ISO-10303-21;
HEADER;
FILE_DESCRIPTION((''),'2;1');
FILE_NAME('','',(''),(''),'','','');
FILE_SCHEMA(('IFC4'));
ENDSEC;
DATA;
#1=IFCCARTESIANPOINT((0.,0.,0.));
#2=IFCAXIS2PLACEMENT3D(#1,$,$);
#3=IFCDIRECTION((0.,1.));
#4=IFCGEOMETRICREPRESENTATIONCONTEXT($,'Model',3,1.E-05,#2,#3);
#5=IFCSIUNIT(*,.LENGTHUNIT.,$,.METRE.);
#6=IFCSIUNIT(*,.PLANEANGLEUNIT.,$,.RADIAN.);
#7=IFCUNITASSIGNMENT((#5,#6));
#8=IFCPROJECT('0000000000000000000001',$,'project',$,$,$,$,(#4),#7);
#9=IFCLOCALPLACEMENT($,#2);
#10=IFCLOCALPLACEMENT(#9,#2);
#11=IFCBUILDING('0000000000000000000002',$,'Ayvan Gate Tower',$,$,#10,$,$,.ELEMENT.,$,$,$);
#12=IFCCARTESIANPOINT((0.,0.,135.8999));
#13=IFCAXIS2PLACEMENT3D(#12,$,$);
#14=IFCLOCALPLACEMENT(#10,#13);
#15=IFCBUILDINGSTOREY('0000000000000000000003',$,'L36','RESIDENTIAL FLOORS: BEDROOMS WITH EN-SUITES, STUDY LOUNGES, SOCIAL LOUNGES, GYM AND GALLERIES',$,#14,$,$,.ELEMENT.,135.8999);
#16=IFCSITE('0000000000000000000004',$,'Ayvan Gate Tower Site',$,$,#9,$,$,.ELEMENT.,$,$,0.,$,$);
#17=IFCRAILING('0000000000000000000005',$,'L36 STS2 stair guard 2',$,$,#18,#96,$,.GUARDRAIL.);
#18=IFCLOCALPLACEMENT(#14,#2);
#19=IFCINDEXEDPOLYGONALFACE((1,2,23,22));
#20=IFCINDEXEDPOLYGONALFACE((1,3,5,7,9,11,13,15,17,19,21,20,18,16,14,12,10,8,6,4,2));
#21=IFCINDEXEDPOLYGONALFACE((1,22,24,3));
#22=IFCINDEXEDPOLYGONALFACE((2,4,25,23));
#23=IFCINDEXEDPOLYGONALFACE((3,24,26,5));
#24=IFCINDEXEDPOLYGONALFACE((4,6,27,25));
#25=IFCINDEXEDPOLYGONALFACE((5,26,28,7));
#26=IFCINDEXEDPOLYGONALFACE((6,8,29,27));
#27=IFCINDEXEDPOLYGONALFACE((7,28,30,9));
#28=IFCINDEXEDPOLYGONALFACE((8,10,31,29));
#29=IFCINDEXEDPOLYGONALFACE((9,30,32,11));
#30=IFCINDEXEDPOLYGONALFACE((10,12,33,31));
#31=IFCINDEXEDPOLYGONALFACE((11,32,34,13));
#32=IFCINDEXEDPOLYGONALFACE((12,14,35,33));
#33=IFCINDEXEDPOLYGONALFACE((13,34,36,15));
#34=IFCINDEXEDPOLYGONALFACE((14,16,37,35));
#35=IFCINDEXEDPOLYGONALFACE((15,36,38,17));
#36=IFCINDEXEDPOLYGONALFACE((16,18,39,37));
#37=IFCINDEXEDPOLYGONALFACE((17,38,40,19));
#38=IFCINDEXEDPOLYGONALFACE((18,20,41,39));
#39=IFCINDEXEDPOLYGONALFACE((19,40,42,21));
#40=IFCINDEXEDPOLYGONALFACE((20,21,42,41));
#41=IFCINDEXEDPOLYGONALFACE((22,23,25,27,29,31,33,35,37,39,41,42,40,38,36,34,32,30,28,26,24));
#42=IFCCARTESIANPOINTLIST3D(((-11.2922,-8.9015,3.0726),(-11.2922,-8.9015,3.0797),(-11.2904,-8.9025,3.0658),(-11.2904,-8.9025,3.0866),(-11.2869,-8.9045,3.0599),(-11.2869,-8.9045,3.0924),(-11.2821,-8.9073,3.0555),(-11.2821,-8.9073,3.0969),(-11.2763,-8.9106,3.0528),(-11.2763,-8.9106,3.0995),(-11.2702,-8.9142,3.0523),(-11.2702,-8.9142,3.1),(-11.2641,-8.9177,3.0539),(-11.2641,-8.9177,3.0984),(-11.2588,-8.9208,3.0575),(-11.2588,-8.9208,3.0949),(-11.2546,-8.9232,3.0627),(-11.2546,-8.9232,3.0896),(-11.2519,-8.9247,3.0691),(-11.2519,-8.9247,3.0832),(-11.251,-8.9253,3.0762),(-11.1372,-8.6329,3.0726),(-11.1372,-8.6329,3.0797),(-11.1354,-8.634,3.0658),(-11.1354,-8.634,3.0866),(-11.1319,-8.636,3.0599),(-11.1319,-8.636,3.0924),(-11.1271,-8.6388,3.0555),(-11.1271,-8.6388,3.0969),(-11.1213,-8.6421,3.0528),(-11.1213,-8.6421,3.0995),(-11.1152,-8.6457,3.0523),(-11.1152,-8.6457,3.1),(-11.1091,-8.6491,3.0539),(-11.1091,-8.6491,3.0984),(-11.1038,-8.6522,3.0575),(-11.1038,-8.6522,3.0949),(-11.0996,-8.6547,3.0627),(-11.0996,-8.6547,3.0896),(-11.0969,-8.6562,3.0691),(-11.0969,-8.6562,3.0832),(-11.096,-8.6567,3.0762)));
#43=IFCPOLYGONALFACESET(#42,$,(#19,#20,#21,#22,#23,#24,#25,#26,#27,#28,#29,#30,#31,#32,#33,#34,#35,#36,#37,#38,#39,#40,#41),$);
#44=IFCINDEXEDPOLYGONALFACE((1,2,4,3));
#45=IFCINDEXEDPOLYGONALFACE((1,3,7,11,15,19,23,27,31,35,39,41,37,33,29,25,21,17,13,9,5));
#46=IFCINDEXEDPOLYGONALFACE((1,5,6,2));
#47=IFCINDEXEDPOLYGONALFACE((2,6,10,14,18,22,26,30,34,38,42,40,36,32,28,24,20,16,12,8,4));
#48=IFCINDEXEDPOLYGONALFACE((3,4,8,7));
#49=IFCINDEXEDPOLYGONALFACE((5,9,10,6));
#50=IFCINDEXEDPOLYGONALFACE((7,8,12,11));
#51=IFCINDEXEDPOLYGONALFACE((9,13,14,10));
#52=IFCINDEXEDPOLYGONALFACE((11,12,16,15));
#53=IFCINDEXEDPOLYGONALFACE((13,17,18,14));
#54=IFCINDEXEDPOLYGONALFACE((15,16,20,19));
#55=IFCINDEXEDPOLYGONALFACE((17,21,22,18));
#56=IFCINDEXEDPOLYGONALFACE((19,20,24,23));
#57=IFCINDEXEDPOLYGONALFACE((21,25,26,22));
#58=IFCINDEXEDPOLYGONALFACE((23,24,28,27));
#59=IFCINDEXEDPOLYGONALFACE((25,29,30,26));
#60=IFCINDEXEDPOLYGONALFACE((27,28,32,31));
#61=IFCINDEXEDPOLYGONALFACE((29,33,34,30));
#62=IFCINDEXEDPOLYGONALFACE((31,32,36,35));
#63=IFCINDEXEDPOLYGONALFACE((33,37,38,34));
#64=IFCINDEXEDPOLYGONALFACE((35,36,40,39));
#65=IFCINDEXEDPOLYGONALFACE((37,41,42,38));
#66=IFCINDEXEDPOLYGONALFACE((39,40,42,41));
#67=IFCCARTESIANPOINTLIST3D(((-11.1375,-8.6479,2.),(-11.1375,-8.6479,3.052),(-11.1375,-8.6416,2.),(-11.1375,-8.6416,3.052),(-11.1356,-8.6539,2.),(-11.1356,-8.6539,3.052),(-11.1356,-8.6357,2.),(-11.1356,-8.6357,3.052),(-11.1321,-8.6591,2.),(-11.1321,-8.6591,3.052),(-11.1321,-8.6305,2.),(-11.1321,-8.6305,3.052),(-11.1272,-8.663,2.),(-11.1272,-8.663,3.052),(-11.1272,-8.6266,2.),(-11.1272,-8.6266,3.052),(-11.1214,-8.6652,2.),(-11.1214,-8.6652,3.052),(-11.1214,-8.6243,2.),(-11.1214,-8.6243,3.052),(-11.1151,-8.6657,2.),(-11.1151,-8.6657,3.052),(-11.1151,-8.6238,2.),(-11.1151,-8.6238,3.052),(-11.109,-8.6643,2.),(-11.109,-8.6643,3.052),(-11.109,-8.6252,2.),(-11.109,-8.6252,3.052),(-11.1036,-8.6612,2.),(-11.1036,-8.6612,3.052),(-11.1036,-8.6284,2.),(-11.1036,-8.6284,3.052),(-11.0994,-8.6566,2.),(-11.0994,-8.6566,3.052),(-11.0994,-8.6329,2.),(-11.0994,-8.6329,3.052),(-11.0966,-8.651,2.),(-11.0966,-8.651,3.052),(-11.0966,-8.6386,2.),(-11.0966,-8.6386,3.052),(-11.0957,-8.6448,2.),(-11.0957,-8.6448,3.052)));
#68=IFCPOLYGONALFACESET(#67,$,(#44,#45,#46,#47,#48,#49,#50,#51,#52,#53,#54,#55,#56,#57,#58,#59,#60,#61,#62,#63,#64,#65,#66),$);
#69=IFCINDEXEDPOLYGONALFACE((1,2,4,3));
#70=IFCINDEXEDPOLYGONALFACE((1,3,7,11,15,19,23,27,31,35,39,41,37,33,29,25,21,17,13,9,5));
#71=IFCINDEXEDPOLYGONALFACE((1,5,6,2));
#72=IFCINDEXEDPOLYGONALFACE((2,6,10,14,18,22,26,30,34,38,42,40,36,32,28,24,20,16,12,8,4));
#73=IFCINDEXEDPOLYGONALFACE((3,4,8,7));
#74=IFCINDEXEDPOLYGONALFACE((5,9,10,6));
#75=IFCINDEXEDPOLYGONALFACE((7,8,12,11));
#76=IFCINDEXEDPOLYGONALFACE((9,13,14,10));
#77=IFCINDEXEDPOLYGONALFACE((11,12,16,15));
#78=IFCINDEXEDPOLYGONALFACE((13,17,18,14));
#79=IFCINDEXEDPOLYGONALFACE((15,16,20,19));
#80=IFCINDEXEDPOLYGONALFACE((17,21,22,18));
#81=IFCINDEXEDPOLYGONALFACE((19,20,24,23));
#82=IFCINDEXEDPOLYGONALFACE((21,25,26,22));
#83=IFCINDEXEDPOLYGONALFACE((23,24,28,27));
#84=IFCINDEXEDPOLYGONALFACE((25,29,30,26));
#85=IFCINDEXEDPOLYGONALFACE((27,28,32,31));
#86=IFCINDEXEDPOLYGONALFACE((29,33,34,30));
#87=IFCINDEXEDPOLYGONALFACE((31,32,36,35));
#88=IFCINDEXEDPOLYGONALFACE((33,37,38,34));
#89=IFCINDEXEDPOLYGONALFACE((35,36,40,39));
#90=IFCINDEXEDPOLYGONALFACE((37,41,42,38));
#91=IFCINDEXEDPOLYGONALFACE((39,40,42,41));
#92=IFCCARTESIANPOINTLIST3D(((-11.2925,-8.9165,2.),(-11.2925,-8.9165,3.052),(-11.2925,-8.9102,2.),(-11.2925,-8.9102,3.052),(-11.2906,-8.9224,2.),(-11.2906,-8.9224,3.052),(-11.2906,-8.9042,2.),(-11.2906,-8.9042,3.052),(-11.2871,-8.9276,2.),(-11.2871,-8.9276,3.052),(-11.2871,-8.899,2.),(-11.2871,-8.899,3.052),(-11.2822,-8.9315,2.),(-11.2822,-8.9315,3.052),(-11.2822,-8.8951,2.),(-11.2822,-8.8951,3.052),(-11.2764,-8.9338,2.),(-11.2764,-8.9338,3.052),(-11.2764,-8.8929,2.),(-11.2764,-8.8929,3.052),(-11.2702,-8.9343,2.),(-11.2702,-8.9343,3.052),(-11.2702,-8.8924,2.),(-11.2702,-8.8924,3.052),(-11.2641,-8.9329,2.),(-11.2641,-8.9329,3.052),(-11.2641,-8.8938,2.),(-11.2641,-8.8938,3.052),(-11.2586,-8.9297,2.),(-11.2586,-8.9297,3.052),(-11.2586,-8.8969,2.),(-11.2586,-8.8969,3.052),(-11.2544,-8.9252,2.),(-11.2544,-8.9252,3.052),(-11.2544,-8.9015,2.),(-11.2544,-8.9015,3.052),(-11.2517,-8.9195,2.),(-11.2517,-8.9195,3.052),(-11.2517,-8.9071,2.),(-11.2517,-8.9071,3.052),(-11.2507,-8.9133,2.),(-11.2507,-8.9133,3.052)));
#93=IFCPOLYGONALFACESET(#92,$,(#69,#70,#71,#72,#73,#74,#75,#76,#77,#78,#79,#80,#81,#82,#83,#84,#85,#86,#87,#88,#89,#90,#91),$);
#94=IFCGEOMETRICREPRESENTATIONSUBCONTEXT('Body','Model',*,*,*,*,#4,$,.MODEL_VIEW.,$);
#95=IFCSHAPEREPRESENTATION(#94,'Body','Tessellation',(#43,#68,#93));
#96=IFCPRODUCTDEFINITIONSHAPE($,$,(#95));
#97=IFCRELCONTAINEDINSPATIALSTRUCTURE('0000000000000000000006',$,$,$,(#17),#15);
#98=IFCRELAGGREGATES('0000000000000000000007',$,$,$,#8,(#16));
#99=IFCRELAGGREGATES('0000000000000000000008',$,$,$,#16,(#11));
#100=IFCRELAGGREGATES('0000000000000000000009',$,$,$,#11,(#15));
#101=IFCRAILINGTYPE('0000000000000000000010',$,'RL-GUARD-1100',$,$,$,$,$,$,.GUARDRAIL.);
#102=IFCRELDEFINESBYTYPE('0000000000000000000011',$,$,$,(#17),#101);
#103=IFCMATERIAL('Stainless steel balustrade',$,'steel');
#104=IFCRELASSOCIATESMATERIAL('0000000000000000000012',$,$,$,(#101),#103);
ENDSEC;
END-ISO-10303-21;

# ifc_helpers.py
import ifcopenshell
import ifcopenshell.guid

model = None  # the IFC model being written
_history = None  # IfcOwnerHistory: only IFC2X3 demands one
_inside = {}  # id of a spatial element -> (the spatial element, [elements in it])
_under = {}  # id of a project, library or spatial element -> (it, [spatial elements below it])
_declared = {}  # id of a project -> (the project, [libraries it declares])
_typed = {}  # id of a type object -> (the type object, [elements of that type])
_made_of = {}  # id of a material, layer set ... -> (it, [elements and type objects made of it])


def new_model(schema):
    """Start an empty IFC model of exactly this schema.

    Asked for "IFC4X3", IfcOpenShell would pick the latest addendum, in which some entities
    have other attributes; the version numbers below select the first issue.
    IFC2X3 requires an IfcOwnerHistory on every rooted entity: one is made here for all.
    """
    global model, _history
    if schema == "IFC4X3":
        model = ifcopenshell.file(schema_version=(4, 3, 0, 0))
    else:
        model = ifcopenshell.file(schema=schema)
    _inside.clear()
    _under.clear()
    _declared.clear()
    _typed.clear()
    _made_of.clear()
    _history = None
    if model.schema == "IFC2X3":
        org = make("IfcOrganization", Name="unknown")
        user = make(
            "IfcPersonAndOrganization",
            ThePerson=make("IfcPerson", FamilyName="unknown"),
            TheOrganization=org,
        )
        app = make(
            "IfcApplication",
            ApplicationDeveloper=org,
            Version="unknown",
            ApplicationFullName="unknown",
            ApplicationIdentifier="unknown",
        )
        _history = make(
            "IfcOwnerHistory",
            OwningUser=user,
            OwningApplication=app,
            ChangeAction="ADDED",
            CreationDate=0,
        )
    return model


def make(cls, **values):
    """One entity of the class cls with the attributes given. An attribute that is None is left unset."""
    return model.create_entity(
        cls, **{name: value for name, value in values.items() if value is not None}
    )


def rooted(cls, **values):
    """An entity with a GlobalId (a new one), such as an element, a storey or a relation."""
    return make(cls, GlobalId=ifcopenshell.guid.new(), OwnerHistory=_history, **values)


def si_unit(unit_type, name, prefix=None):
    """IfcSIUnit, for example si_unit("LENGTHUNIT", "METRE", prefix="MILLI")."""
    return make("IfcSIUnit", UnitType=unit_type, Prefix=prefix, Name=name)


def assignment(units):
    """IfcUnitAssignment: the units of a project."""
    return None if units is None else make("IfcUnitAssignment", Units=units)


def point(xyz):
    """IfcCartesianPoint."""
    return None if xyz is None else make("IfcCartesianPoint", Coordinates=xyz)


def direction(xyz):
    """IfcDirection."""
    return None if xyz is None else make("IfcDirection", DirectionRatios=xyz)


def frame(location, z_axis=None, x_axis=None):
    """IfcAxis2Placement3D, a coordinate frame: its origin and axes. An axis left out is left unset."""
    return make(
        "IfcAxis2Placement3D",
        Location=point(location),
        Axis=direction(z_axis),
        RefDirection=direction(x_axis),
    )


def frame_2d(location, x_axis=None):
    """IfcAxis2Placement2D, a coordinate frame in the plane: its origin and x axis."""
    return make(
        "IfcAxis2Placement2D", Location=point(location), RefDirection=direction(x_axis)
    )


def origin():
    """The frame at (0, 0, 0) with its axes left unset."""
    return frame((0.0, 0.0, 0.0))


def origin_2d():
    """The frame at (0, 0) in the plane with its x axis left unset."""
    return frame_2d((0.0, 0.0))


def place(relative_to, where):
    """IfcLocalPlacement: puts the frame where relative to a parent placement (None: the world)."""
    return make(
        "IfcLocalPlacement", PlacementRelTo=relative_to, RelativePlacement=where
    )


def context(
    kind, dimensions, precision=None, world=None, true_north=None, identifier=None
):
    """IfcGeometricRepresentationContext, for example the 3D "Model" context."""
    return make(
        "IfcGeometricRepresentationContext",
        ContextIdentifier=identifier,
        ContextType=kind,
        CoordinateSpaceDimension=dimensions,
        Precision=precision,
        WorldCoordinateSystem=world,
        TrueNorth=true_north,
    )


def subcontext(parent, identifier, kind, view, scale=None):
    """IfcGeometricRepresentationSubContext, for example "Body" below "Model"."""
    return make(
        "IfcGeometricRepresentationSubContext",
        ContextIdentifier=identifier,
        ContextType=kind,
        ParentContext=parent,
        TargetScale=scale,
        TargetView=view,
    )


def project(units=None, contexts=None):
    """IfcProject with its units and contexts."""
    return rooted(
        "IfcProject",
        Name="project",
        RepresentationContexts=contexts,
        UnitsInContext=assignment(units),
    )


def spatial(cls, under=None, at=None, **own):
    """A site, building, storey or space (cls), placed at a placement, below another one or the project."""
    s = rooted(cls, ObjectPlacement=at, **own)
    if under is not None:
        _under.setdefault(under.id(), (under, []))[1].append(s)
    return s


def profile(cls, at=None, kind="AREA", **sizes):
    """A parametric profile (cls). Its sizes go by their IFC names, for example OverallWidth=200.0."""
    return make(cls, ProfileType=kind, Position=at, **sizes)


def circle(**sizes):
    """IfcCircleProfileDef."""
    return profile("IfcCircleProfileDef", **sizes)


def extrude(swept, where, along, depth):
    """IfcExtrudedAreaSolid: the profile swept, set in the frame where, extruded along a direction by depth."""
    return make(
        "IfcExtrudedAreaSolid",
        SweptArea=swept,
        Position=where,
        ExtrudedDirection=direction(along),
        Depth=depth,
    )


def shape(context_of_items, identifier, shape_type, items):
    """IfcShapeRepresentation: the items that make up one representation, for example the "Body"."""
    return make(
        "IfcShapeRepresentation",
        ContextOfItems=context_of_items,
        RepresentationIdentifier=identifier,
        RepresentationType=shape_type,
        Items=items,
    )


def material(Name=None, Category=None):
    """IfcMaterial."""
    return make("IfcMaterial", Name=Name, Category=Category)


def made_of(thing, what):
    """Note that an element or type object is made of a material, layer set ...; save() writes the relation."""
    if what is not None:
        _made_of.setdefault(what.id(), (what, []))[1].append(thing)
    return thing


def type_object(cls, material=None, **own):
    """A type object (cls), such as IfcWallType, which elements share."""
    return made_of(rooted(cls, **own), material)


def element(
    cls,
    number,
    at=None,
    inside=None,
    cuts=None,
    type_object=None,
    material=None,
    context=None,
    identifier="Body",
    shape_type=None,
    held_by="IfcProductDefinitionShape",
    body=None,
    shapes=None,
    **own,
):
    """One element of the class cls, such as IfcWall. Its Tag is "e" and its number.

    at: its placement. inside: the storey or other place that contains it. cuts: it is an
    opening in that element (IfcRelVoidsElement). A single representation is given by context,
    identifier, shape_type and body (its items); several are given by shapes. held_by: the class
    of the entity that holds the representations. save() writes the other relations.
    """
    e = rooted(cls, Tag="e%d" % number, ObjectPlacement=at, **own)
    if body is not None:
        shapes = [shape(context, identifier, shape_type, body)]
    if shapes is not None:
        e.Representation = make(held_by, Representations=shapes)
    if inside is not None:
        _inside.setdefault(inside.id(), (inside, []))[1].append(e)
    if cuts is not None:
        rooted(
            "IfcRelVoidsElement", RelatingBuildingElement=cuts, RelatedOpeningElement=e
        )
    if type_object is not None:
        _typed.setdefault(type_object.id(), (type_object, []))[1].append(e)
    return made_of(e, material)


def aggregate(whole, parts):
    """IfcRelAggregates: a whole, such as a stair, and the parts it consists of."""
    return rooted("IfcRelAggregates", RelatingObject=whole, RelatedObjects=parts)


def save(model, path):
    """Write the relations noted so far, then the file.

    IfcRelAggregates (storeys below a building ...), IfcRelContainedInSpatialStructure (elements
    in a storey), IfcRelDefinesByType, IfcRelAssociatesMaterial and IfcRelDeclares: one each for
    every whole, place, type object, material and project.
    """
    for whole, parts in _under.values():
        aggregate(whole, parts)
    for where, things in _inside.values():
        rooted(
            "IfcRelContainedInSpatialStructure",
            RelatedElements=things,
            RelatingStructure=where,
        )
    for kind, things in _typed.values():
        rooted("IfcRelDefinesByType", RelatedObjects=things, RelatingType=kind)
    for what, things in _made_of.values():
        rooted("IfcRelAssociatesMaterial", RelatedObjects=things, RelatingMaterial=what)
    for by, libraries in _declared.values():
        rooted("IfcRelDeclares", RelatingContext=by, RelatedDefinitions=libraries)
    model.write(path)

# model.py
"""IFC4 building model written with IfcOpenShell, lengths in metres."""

from ifc_helpers import new_model, si_unit, direction, frame, origin, origin_2d, place, context, subcontext, project, spatial, circle, extrude, material, type_object, element, save


model = new_model("IFC4")

# Units and contexts
model_context = context("Model", 3, precision=1e-05, world=origin(), true_north=direction((0.0, 1.0)))
body_context = subcontext(model_context, "Body", "Model", "MODEL_VIEW")
ifc_project = project(units=[si_unit("LENGTHUNIT", "METRE"), si_unit("PLANEANGLEUNIT", "RADIAN")], contexts=[model_context])

# Site, building, storey
site_placement = place(None, origin())
site = spatial("IfcSite", under=ifc_project, at=site_placement, Name="Ayvan Gate Tower Site", CompositionType="ELEMENT", RefElevation=0.0)
building_placement = place(site_placement, origin())
building = spatial("IfcBuilding", under=site, at=building_placement, Name="Ayvan Gate Tower", CompositionType="ELEMENT")
storey_placement = place(building_placement, frame((0.0, 0.0, 135.8999)))
storey = spatial("IfcBuildingStorey", under=building, at=storey_placement, Name="L36", Description="RESIDENTIAL FLOORS: BEDROOMS WITH EN-SUITES, STUDY LOUNGES, SOCIAL LOUNGES, GYM AND GALLERIES", CompositionType="ELEMENT", Elevation=135.8999)

# Railing
ifc_material_1 = material(Name="Stainless steel balustrade", Category="steel")
railing_type_1 = type_object("IfcRailingType", Name="RL-GUARD-1100", PredefinedType="GUARDRAIL", material=ifc_material_1)
railing_1_placement = place(storey_placement, frame((-11.1167, -8.6448, 2.0)))
element("IfcRailing", 1, at=railing_1_placement, inside=storey, type_object=railing_type_1, Name="L36 STS2 stair guard 2", PredefinedType="GUARDRAIL", context=body_context, shape_type="SweptSolid", body=[
    extrude(circle(Radius=0.0239, at=origin_2d()), frame((0.0, 0.0, 1.0762), z_axis=(-0.49995, -0.866054, 0.0), x_axis=(0.866054, -0.49995, 0.0)), (0.0, 0.0, 1.0), 0.3101),
    extrude(circle(Radius=0.021, at=origin_2d()), origin(), (0.0, 0.0, 1.0), 1.052),
    extrude(circle(Radius=0.021, at=origin_2d()), frame((-0.155, -0.2686, 0.0)), (0.0, 0.0, 1.0), 1.052),
])

save(model, "model.ifc")
